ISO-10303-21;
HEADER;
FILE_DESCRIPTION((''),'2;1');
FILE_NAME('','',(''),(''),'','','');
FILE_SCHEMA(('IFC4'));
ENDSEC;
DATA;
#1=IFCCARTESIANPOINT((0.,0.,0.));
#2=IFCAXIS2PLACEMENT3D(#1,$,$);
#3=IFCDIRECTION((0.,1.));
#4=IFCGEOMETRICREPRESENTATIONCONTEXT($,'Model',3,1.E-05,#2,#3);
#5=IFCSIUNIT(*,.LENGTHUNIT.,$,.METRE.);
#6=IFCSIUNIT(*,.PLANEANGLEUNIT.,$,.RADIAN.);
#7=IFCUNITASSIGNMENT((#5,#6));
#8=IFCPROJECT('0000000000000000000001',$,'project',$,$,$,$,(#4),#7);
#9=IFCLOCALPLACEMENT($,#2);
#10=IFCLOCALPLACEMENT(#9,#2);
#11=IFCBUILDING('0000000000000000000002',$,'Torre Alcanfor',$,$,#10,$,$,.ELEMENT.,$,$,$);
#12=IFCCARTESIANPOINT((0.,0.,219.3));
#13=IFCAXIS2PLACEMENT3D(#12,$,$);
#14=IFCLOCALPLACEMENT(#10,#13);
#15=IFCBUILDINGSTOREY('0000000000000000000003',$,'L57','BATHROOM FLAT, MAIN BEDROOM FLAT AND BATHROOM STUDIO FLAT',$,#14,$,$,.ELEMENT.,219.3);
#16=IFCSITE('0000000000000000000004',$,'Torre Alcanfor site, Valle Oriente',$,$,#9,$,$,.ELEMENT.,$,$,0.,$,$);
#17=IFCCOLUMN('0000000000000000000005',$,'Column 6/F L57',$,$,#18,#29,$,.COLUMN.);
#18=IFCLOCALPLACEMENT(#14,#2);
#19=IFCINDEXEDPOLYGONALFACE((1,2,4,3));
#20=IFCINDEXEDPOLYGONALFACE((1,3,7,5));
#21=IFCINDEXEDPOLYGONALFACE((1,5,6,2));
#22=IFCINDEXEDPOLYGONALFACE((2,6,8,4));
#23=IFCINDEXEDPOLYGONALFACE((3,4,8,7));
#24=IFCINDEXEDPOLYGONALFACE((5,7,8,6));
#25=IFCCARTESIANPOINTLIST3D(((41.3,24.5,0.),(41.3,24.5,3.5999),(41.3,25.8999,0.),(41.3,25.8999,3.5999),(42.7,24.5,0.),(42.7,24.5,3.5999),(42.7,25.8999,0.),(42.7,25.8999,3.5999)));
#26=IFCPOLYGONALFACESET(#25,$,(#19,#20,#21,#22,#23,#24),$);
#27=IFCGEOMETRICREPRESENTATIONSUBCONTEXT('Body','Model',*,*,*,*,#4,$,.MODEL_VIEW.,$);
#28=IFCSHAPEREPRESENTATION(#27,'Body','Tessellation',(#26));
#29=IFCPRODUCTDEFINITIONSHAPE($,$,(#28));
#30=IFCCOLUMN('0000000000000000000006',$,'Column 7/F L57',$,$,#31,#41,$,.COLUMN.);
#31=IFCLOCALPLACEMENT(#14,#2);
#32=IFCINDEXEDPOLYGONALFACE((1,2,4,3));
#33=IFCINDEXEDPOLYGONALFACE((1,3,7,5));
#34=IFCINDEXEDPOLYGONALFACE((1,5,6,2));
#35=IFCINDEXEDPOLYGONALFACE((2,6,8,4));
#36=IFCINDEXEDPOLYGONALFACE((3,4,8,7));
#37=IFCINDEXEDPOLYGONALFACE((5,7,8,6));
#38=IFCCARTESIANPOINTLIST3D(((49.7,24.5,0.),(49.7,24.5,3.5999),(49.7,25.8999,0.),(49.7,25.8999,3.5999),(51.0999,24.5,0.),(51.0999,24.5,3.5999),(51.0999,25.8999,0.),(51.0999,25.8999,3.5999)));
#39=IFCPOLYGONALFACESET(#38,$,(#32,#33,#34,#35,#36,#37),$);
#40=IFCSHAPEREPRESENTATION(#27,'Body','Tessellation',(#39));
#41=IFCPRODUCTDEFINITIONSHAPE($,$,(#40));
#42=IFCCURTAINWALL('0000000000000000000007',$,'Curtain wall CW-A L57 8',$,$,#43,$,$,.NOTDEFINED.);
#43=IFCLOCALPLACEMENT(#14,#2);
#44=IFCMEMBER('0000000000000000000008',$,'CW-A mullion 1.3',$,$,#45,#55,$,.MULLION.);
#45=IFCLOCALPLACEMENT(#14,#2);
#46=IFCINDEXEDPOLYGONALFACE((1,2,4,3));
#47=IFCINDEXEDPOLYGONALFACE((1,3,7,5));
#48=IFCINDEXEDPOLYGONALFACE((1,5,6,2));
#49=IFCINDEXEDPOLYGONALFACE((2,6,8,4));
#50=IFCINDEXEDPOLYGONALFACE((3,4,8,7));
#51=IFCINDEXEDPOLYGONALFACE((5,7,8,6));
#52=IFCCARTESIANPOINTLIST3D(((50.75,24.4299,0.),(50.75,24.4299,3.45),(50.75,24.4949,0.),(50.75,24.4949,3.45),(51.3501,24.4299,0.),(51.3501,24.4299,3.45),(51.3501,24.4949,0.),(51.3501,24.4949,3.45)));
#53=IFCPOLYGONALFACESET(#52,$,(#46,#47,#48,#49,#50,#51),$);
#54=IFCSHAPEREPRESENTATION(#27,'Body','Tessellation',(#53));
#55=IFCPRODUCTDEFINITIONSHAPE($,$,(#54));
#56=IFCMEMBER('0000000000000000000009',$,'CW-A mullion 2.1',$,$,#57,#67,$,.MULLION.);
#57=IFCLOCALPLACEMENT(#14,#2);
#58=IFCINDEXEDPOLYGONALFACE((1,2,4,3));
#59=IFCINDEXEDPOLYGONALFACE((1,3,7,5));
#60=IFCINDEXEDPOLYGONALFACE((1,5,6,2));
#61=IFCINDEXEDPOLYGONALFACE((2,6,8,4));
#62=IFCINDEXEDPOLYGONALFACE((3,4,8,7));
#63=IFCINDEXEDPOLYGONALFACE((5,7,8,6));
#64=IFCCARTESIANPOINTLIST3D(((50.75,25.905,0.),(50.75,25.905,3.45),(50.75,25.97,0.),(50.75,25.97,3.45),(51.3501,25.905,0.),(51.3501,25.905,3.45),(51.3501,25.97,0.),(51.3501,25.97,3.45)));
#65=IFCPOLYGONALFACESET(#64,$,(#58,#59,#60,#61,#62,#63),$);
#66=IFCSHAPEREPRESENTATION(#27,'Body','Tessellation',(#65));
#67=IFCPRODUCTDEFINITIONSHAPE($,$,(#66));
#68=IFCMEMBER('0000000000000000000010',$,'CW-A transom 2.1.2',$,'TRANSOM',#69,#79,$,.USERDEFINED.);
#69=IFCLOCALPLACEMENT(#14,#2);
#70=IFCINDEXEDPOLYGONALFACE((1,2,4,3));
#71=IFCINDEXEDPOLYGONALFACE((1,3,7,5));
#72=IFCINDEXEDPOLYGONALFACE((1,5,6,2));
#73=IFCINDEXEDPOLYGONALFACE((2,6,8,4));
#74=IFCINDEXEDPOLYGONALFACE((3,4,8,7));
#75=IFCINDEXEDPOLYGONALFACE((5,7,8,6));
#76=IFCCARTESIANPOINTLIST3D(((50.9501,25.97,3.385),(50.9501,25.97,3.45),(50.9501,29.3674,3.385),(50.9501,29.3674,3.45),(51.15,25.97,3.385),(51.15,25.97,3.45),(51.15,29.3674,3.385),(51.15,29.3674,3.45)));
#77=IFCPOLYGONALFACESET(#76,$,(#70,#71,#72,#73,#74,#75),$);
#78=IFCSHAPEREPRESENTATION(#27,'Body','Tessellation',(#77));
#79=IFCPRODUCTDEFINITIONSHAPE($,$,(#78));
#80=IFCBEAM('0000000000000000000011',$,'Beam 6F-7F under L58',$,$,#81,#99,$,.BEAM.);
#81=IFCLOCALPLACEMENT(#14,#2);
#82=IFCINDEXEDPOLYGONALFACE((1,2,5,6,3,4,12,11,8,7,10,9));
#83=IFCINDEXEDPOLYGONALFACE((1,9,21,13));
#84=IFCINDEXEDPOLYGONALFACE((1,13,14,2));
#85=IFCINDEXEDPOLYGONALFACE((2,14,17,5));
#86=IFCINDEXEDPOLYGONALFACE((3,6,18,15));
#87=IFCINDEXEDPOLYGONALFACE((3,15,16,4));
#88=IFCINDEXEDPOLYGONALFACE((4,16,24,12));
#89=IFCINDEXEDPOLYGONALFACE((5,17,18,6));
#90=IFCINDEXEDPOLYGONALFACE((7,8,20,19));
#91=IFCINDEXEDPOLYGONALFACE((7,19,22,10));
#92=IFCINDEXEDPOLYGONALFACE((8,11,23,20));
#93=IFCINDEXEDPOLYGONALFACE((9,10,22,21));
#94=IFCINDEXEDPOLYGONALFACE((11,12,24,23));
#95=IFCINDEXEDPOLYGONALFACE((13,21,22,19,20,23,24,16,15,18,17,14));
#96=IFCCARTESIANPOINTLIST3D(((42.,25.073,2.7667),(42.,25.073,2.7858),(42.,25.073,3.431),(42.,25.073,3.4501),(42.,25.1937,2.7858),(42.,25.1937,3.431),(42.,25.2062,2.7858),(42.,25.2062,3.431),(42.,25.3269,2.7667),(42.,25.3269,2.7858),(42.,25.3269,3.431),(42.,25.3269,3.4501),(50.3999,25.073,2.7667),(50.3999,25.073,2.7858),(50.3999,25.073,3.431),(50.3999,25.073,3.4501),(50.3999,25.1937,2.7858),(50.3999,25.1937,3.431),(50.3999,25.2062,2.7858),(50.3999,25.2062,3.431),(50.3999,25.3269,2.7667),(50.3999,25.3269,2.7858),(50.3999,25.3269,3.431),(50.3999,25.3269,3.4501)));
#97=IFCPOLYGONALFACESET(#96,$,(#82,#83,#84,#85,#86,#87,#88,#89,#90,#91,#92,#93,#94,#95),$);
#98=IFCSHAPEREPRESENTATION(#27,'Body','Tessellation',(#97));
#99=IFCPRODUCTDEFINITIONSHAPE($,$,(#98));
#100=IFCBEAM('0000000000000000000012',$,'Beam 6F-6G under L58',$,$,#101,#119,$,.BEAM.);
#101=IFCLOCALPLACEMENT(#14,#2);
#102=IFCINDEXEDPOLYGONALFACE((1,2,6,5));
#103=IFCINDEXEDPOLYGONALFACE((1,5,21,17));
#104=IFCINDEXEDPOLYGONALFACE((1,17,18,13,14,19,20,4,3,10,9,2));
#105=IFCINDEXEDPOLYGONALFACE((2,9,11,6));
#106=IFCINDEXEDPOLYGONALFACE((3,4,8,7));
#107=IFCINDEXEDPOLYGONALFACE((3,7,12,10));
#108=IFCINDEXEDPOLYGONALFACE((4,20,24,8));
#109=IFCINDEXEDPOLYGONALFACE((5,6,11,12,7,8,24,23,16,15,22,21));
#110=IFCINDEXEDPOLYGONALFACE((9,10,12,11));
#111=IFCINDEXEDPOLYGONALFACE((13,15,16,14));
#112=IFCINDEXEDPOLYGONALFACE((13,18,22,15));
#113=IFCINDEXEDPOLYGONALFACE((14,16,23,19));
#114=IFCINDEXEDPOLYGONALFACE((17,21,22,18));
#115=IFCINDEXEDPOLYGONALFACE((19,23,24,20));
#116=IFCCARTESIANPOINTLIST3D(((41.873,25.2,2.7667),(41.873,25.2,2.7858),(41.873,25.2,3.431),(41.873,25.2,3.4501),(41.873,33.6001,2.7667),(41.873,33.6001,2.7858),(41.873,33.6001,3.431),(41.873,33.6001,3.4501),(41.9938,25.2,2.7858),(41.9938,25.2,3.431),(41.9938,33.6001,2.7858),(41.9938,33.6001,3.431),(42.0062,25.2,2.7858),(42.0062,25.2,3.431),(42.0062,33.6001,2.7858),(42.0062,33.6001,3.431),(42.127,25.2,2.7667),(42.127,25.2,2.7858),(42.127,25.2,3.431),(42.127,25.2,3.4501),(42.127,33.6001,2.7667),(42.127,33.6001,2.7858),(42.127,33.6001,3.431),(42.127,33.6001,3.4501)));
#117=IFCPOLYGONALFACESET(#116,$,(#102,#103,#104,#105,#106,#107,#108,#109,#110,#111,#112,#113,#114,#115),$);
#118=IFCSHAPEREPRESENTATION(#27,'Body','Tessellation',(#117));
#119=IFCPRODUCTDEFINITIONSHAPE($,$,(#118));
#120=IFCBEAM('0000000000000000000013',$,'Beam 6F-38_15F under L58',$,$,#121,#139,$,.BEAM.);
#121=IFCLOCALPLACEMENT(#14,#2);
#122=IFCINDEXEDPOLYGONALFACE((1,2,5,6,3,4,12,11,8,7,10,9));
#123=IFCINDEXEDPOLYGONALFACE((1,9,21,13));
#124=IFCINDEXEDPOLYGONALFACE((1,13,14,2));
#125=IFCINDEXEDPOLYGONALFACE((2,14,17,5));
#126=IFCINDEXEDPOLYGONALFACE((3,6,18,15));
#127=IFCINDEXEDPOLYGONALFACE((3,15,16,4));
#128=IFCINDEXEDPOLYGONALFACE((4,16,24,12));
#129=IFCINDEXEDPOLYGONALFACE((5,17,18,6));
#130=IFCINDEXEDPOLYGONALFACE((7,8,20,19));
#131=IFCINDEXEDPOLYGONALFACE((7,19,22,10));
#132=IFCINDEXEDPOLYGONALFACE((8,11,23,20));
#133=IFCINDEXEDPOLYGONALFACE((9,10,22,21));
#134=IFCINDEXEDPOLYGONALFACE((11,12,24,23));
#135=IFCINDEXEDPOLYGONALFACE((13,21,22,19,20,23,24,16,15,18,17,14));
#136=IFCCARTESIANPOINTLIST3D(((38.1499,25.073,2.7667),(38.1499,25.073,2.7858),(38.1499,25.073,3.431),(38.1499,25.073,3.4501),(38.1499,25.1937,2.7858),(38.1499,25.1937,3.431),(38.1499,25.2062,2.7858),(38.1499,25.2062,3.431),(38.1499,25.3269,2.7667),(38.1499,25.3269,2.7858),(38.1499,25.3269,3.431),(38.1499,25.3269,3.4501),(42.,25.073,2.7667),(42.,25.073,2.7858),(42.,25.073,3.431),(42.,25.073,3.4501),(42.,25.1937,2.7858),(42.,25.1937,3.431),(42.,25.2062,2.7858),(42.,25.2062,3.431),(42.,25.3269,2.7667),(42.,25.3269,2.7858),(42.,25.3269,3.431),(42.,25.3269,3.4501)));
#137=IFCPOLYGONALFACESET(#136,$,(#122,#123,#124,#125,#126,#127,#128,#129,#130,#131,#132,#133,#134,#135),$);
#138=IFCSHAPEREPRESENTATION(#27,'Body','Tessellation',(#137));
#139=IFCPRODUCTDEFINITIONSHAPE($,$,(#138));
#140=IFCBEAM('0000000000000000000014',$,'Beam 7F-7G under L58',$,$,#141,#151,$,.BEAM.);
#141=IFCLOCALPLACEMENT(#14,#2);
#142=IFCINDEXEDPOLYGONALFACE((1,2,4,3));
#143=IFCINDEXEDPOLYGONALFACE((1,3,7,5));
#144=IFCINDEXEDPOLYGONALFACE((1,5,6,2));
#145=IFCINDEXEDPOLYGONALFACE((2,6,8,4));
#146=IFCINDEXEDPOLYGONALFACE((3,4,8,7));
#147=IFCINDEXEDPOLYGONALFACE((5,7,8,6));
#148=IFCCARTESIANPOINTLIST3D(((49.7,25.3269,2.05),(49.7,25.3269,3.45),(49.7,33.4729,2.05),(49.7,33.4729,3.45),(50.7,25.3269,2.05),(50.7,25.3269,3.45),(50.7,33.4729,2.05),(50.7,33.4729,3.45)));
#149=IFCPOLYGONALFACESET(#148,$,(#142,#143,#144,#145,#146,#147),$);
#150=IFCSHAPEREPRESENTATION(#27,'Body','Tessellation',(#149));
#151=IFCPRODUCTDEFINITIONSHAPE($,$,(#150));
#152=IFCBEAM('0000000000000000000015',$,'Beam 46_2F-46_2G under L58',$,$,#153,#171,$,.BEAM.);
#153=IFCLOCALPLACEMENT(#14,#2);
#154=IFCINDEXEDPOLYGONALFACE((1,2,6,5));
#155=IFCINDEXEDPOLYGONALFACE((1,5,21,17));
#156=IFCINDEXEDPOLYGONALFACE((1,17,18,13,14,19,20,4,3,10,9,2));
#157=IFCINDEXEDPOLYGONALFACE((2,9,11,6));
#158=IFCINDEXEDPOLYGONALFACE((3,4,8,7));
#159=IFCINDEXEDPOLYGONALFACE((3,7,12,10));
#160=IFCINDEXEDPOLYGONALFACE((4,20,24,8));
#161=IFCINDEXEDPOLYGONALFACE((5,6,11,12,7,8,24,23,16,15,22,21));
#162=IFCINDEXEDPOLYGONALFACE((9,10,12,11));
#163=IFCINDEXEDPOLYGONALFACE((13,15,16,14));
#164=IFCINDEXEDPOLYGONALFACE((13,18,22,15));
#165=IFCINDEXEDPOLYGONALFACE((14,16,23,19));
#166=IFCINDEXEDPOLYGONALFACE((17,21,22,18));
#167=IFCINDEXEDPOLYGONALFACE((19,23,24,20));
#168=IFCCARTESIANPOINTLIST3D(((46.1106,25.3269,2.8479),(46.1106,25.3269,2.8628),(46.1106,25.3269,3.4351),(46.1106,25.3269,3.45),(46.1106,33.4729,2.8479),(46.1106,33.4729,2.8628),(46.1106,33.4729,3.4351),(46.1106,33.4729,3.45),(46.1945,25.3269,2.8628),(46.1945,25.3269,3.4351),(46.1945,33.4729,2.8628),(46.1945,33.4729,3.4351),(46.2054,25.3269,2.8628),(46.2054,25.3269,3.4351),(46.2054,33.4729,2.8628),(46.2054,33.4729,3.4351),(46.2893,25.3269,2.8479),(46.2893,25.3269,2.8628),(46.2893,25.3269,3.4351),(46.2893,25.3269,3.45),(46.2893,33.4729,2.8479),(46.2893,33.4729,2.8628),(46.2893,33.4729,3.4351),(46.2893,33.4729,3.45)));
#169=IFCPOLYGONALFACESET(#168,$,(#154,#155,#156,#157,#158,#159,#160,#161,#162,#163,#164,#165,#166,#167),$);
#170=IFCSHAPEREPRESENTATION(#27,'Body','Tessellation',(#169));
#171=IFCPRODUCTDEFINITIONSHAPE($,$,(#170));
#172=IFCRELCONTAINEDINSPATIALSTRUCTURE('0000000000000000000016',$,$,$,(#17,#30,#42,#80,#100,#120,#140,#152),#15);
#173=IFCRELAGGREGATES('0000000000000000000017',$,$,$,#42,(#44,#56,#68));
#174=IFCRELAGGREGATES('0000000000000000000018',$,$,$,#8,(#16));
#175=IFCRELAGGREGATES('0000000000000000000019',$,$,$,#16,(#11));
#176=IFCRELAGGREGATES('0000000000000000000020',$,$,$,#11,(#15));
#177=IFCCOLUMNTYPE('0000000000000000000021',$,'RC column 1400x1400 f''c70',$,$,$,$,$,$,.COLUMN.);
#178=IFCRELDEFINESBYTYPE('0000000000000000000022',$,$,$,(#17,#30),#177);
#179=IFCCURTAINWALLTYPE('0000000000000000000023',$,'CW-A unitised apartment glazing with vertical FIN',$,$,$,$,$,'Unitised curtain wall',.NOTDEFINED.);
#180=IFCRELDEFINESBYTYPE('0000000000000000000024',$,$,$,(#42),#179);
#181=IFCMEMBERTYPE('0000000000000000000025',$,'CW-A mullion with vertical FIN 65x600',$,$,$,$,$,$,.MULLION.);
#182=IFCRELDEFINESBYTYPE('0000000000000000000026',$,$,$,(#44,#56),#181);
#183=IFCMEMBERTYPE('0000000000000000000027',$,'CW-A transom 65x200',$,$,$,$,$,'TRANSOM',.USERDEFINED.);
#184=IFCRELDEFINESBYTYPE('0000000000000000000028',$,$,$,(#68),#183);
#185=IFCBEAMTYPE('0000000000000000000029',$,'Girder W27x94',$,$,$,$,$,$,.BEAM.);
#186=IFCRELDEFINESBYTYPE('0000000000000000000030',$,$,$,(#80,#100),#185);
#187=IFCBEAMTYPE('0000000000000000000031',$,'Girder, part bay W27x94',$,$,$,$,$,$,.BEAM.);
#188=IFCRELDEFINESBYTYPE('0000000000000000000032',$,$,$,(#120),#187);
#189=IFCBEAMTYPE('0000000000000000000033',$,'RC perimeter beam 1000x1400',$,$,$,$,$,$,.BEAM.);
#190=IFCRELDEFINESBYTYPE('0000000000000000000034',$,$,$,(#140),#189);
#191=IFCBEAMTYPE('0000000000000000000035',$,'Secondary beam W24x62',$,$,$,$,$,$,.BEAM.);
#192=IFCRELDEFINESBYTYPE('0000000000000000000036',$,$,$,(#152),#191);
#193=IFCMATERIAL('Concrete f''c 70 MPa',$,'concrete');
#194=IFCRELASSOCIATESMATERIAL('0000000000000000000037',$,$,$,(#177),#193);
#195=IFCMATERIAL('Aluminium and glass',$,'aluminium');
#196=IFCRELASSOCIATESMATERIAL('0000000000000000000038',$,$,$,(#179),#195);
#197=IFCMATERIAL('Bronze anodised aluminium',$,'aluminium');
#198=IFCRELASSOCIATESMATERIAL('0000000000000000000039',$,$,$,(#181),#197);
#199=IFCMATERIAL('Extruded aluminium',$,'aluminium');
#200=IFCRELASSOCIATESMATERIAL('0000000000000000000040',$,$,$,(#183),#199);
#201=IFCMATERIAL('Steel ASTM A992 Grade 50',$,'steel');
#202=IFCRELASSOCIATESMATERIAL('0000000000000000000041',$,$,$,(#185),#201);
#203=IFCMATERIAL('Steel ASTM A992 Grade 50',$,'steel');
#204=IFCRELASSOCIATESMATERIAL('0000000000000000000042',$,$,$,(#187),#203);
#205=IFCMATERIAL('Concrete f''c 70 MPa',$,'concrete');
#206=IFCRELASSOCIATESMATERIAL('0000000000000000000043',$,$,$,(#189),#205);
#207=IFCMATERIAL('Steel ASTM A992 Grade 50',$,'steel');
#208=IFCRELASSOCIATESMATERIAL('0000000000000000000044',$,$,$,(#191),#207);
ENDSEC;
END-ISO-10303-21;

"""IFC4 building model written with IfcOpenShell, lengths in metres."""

from ifc_helpers import new_model, si_unit, direction, frame, origin, origin_2d, place, context, subcontext, project, spatial, rectangle, i_section, extrude, material, material_profile, profile_set, type_object, element, aggregate, save


model = new_model("IFC4")

# Units and contexts
model_context = context("Model", 3, precision=1e-05, world=origin(), true_north=direction((0.0, 1.0)))
body_context = subcontext(model_context, "Body", "Model", "MODEL_VIEW")
ifc_project = project(units=[si_unit("LENGTHUNIT", "METRE"), si_unit("PLANEANGLEUNIT", "RADIAN")], contexts=[model_context])

# Site, building, storey
site_placement = place(None, origin())
site = spatial("IfcSite", under=ifc_project, at=site_placement, Name="Torre Alcanfor site, Valle Oriente", CompositionType="ELEMENT", RefElevation=0.0)
building_placement = place(site_placement, origin())
building = spatial("IfcBuilding", under=site, at=building_placement, Name="Torre Alcanfor", CompositionType="ELEMENT")
storey_placement = place(building_placement, frame((0.0, 0.0, 219.3)))
storey = spatial("IfcBuildingStorey", under=building, at=storey_placement, Name="L57", Description="BATHROOM FLAT, MAIN BEDROOM FLAT AND BATHROOM STUDIO FLAT", CompositionType="ELEMENT", Elevation=219.3)

# Columns
ifc_material_1 = material(Name="Concrete f'c 70 MPa", Category="concrete")
ifc_material_profile_1 = material_profile(ifc_material_1, rectangle(XDim=1.3999, YDim=1.3999, at=origin_2d()), Name="1400x1400")
ifc_profile_set_1 = profile_set([ifc_material_profile_1], Name="Concrete f'c 70 MPa")
column_type = type_object("IfcColumnType", Name="RC column 1400x1400 f'c70", PredefinedType="COLUMN", material=ifc_profile_set_1)
for number, where, z_axis, x_axis, name in (
    (1, (42.0, 25.2, 0.0), (0.0, 0.0, 1.0), (1.0, 0.0, 0.0), "Column 6/F L57"),
    (2, (50.3999, 25.2, 0.0), (0.0, 0.0, 1.0), (1.0, 0.0, 0.0), "Column 7/F L57"),
):
    element("IfcColumn", number, at=place(storey_placement, frame(where, z_axis=z_axis, x_axis=x_axis)), inside=storey, type_object=column_type, Name=name, PredefinedType="COLUMN", context=body_context, shape_type="SweptSolid", body=[
        extrude(rectangle(XDim=1.3999, YDim=1.3999, at=origin_2d()), origin(), (0.0, 0.0, 1.0), 3.5999),
    ])

# Curtain wall, members
ifc_material_2 = material(Name="Aluminium and glass", Category="aluminium")
curtain_wall_type = type_object("IfcCurtainWallType", Name="CW-A unitised apartment glazing with vertical FIN", ElementType="Unitised curtain wall", PredefinedType="NOTDEFINED", material=ifc_material_2)
curtain_wall_placement = place(storey_placement, origin())
curtain_wall = element("IfcCurtainWall", 3, at=curtain_wall_placement, inside=storey, type_object=curtain_wall_type, Name="Curtain wall CW-A L57 8", PredefinedType="NOTDEFINED")
ifc_material_3 = material(Name="Bronze anodised aluminium", Category="aluminium")
ifc_material_profile_2 = material_profile(ifc_material_3, rectangle(XDim=0.6001, YDim=0.0649, at=origin_2d()), Name="CW-A mullion 65x600")
ifc_profile_set_2 = profile_set([ifc_material_profile_2], Name="Bronze anodised aluminium")
member_type_1 = type_object("IfcMemberType", Name="CW-A mullion with vertical FIN 65x600", PredefinedType="MULLION", material=ifc_profile_set_2)
member_1_placement = place(storey_placement, frame((51.05, 24.4624, 0.0), z_axis=(0.0, 0.0, 1.0), x_axis=(-1.0, 0.0, 0.0)))
member_1 = element("IfcMember", 4, at=member_1_placement, type_object=member_type_1, Name="CW-A mullion 1.3", PredefinedType="MULLION", context=body_context, shape_type="SweptSolid", body=[
    extrude(rectangle(XDim=0.6001, YDim=0.0649, at=origin_2d()), origin(), (0.0, 0.0, 1.0), 3.45),
])
member_2_placement = place(storey_placement, frame((51.05, 25.9375, 0.0), z_axis=(0.0, 0.0, 1.0), x_axis=(-1.0, 0.0, 0.0)))
member_2 = element("IfcMember", 5, at=member_2_placement, type_object=member_type_1, Name="CW-A mullion 2.1", PredefinedType="MULLION", context=body_context, shape_type="SweptSolid", body=[
    extrude(rectangle(XDim=0.6001, YDim=0.0649, at=origin_2d()), origin(), (0.0, 0.0, 1.0), 3.45),
])
ifc_material_4 = material(Name="Extruded aluminium", Category="aluminium")
ifc_material_profile_3 = material_profile(ifc_material_4, rectangle(XDim=0.2, YDim=0.0649, at=origin_2d()), Name="CW-A transom 200x65")
ifc_profile_set_3 = profile_set([ifc_material_profile_3], Name="Extruded aluminium")
member_type_2 = type_object("IfcMemberType", Name="CW-A transom 65x200", ElementType="TRANSOM", PredefinedType="USERDEFINED", material=ifc_profile_set_3)
member_3_placement = place(storey_placement, frame((51.05, 25.97, 3.4175), z_axis=(0.0, 1.0, 0.0), x_axis=(-1.0, 0.0, 0.0)))
member_3 = element("IfcMember", 6, at=member_3_placement, type_object=member_type_2, Name="CW-A transom 2.1.2", ObjectType="TRANSOM", PredefinedType="USERDEFINED", context=body_context, shape_type="SweptSolid", body=[
    extrude(rectangle(XDim=0.2, YDim=0.0649, at=origin_2d()), origin(), (0.0, 0.0, 1.0), 3.3975),
])

# Beams
ifc_material_5 = material(Name="Steel ASTM A992 Grade 50", Category="steel")
ifc_material_profile_4 = material_profile(ifc_material_5, i_section(OverallWidth=0.2539, OverallDepth=0.6833, WebThickness=0.0125, FlangeThickness=0.019, at=origin_2d()), Name="W27x94")
ifc_profile_set_4 = profile_set([ifc_material_profile_4], Name="Steel ASTM A992 Grade 50")
beam_type_1 = type_object("IfcBeamType", Name="Girder W27x94", PredefinedType="BEAM", material=ifc_profile_set_4)
beam_1_placement = place(storey_placement, frame((42.0, 25.2, 3.1084), z_axis=(1.0, 0.0, 0.0), x_axis=(0.0, 1.0, 0.0)))
element("IfcBeam", 7, at=beam_1_placement, inside=storey, type_object=beam_type_1, Name="Beam 6F-7F under L58", PredefinedType="BEAM", context=body_context, shape_type="SweptSolid", body=[
    extrude(i_section(OverallWidth=0.2539, OverallDepth=0.6833, WebThickness=0.0125, FlangeThickness=0.019, at=origin_2d()), origin(), (0.0, 0.0, 1.0), 8.3999),
])
beam_2_placement = place(storey_placement, frame((42.0, 25.2, 3.1084), z_axis=(0.0, 1.0, 0.0), x_axis=(-1.0, 0.0, 0.0)))
element("IfcBeam", 8, at=beam_2_placement, inside=storey, type_object=beam_type_1, Name="Beam 6F-6G under L58", PredefinedType="BEAM", context=body_context, shape_type="SweptSolid", body=[
    extrude(i_section(OverallWidth=0.2539, OverallDepth=0.6833, WebThickness=0.0125, FlangeThickness=0.019, at=origin_2d()), origin(), (0.0, 0.0, 1.0), 8.4001),
])
ifc_material_6 = material(Name="Steel ASTM A992 Grade 50", Category="steel")
ifc_material_profile_5 = material_profile(ifc_material_6, i_section(OverallWidth=0.2539, OverallDepth=0.6833, WebThickness=0.0125, FlangeThickness=0.019, at=origin_2d()), Name="W27x94")
ifc_profile_set_5 = profile_set([ifc_material_profile_5], Name="Steel ASTM A992 Grade 50")
beam_type_2 = type_object("IfcBeamType", Name="Girder, part bay W27x94", PredefinedType="BEAM", material=ifc_profile_set_5)
beam_3_placement = place(storey_placement, frame((42.0, 25.2, 3.1084), z_axis=(-1.0, 0.0, 0.0), x_axis=(0.0, -1.0, 0.0)))
element("IfcBeam", 9, at=beam_3_placement, inside=storey, type_object=beam_type_2, Name="Beam 6F-38_15F under L58", PredefinedType="BEAM", context=body_context, shape_type="SweptSolid", body=[
    extrude(i_section(OverallWidth=0.2539, OverallDepth=0.6833, WebThickness=0.0125, FlangeThickness=0.019, at=origin_2d()), origin(), (0.0, 0.0, 1.0), 3.8501),
])
ifc_material_7 = material(Name="Concrete f'c 70 MPa", Category="concrete")
ifc_material_profile_6 = material_profile(ifc_material_7, rectangle(XDim=1.0, YDim=1.3999, at=origin_2d()), Name="1000x1400")
ifc_profile_set_6 = profile_set([ifc_material_profile_6], Name="Concrete f'c 70 MPa")
beam_type_3 = type_object("IfcBeamType", Name="RC perimeter beam 1000x1400", PredefinedType="BEAM", material=ifc_profile_set_6)
beam_4_placement = place(storey_placement, frame((50.2, 25.3269, 2.75), z_axis=(0.0, 1.0, 0.0), x_axis=(-1.0, 0.0, 0.0)))
element("IfcBeam", 10, at=beam_4_placement, inside=storey, type_object=beam_type_3, Name="Beam 7F-7G under L58", PredefinedType="BEAM", context=body_context, shape_type="SweptSolid", body=[
    extrude(rectangle(XDim=1.0, YDim=1.3999, at=origin_2d()), origin(), (0.0, 0.0, 1.0), 8.146),
])
ifc_material_8 = material(Name="Steel ASTM A992 Grade 50", Category="steel")
ifc_material_profile_7 = material_profile(ifc_material_8, i_section(OverallWidth=0.1787, OverallDepth=0.6021, WebThickness=0.011, FlangeThickness=0.0149, at=origin_2d()), Name="W24x62")
ifc_profile_set_7 = profile_set([ifc_material_profile_7], Name="Steel ASTM A992 Grade 50")
beam_type_4 = type_object("IfcBeamType", Name="Secondary beam W24x62", PredefinedType="BEAM", material=ifc_profile_set_7)
beam_5_placement = place(storey_placement, frame((46.2, 25.3269, 3.1489), z_axis=(0.0, 1.0, 0.0), x_axis=(-1.0, 0.0, 0.0)))
element("IfcBeam", 11, at=beam_5_placement, inside=storey, type_object=beam_type_4, Name="Beam 46_2F-46_2G under L58", PredefinedType="BEAM", context=body_context, shape_type="SweptSolid", body=[
    extrude(i_section(OverallWidth=0.1787, OverallDepth=0.6021, WebThickness=0.011, FlangeThickness=0.0149, at=origin_2d()), origin(), (0.0, 0.0, 1.0), 8.146),
])

aggregate(curtain_wall, [member_1, member_2, member_3])

save(model, "model.ifc")
